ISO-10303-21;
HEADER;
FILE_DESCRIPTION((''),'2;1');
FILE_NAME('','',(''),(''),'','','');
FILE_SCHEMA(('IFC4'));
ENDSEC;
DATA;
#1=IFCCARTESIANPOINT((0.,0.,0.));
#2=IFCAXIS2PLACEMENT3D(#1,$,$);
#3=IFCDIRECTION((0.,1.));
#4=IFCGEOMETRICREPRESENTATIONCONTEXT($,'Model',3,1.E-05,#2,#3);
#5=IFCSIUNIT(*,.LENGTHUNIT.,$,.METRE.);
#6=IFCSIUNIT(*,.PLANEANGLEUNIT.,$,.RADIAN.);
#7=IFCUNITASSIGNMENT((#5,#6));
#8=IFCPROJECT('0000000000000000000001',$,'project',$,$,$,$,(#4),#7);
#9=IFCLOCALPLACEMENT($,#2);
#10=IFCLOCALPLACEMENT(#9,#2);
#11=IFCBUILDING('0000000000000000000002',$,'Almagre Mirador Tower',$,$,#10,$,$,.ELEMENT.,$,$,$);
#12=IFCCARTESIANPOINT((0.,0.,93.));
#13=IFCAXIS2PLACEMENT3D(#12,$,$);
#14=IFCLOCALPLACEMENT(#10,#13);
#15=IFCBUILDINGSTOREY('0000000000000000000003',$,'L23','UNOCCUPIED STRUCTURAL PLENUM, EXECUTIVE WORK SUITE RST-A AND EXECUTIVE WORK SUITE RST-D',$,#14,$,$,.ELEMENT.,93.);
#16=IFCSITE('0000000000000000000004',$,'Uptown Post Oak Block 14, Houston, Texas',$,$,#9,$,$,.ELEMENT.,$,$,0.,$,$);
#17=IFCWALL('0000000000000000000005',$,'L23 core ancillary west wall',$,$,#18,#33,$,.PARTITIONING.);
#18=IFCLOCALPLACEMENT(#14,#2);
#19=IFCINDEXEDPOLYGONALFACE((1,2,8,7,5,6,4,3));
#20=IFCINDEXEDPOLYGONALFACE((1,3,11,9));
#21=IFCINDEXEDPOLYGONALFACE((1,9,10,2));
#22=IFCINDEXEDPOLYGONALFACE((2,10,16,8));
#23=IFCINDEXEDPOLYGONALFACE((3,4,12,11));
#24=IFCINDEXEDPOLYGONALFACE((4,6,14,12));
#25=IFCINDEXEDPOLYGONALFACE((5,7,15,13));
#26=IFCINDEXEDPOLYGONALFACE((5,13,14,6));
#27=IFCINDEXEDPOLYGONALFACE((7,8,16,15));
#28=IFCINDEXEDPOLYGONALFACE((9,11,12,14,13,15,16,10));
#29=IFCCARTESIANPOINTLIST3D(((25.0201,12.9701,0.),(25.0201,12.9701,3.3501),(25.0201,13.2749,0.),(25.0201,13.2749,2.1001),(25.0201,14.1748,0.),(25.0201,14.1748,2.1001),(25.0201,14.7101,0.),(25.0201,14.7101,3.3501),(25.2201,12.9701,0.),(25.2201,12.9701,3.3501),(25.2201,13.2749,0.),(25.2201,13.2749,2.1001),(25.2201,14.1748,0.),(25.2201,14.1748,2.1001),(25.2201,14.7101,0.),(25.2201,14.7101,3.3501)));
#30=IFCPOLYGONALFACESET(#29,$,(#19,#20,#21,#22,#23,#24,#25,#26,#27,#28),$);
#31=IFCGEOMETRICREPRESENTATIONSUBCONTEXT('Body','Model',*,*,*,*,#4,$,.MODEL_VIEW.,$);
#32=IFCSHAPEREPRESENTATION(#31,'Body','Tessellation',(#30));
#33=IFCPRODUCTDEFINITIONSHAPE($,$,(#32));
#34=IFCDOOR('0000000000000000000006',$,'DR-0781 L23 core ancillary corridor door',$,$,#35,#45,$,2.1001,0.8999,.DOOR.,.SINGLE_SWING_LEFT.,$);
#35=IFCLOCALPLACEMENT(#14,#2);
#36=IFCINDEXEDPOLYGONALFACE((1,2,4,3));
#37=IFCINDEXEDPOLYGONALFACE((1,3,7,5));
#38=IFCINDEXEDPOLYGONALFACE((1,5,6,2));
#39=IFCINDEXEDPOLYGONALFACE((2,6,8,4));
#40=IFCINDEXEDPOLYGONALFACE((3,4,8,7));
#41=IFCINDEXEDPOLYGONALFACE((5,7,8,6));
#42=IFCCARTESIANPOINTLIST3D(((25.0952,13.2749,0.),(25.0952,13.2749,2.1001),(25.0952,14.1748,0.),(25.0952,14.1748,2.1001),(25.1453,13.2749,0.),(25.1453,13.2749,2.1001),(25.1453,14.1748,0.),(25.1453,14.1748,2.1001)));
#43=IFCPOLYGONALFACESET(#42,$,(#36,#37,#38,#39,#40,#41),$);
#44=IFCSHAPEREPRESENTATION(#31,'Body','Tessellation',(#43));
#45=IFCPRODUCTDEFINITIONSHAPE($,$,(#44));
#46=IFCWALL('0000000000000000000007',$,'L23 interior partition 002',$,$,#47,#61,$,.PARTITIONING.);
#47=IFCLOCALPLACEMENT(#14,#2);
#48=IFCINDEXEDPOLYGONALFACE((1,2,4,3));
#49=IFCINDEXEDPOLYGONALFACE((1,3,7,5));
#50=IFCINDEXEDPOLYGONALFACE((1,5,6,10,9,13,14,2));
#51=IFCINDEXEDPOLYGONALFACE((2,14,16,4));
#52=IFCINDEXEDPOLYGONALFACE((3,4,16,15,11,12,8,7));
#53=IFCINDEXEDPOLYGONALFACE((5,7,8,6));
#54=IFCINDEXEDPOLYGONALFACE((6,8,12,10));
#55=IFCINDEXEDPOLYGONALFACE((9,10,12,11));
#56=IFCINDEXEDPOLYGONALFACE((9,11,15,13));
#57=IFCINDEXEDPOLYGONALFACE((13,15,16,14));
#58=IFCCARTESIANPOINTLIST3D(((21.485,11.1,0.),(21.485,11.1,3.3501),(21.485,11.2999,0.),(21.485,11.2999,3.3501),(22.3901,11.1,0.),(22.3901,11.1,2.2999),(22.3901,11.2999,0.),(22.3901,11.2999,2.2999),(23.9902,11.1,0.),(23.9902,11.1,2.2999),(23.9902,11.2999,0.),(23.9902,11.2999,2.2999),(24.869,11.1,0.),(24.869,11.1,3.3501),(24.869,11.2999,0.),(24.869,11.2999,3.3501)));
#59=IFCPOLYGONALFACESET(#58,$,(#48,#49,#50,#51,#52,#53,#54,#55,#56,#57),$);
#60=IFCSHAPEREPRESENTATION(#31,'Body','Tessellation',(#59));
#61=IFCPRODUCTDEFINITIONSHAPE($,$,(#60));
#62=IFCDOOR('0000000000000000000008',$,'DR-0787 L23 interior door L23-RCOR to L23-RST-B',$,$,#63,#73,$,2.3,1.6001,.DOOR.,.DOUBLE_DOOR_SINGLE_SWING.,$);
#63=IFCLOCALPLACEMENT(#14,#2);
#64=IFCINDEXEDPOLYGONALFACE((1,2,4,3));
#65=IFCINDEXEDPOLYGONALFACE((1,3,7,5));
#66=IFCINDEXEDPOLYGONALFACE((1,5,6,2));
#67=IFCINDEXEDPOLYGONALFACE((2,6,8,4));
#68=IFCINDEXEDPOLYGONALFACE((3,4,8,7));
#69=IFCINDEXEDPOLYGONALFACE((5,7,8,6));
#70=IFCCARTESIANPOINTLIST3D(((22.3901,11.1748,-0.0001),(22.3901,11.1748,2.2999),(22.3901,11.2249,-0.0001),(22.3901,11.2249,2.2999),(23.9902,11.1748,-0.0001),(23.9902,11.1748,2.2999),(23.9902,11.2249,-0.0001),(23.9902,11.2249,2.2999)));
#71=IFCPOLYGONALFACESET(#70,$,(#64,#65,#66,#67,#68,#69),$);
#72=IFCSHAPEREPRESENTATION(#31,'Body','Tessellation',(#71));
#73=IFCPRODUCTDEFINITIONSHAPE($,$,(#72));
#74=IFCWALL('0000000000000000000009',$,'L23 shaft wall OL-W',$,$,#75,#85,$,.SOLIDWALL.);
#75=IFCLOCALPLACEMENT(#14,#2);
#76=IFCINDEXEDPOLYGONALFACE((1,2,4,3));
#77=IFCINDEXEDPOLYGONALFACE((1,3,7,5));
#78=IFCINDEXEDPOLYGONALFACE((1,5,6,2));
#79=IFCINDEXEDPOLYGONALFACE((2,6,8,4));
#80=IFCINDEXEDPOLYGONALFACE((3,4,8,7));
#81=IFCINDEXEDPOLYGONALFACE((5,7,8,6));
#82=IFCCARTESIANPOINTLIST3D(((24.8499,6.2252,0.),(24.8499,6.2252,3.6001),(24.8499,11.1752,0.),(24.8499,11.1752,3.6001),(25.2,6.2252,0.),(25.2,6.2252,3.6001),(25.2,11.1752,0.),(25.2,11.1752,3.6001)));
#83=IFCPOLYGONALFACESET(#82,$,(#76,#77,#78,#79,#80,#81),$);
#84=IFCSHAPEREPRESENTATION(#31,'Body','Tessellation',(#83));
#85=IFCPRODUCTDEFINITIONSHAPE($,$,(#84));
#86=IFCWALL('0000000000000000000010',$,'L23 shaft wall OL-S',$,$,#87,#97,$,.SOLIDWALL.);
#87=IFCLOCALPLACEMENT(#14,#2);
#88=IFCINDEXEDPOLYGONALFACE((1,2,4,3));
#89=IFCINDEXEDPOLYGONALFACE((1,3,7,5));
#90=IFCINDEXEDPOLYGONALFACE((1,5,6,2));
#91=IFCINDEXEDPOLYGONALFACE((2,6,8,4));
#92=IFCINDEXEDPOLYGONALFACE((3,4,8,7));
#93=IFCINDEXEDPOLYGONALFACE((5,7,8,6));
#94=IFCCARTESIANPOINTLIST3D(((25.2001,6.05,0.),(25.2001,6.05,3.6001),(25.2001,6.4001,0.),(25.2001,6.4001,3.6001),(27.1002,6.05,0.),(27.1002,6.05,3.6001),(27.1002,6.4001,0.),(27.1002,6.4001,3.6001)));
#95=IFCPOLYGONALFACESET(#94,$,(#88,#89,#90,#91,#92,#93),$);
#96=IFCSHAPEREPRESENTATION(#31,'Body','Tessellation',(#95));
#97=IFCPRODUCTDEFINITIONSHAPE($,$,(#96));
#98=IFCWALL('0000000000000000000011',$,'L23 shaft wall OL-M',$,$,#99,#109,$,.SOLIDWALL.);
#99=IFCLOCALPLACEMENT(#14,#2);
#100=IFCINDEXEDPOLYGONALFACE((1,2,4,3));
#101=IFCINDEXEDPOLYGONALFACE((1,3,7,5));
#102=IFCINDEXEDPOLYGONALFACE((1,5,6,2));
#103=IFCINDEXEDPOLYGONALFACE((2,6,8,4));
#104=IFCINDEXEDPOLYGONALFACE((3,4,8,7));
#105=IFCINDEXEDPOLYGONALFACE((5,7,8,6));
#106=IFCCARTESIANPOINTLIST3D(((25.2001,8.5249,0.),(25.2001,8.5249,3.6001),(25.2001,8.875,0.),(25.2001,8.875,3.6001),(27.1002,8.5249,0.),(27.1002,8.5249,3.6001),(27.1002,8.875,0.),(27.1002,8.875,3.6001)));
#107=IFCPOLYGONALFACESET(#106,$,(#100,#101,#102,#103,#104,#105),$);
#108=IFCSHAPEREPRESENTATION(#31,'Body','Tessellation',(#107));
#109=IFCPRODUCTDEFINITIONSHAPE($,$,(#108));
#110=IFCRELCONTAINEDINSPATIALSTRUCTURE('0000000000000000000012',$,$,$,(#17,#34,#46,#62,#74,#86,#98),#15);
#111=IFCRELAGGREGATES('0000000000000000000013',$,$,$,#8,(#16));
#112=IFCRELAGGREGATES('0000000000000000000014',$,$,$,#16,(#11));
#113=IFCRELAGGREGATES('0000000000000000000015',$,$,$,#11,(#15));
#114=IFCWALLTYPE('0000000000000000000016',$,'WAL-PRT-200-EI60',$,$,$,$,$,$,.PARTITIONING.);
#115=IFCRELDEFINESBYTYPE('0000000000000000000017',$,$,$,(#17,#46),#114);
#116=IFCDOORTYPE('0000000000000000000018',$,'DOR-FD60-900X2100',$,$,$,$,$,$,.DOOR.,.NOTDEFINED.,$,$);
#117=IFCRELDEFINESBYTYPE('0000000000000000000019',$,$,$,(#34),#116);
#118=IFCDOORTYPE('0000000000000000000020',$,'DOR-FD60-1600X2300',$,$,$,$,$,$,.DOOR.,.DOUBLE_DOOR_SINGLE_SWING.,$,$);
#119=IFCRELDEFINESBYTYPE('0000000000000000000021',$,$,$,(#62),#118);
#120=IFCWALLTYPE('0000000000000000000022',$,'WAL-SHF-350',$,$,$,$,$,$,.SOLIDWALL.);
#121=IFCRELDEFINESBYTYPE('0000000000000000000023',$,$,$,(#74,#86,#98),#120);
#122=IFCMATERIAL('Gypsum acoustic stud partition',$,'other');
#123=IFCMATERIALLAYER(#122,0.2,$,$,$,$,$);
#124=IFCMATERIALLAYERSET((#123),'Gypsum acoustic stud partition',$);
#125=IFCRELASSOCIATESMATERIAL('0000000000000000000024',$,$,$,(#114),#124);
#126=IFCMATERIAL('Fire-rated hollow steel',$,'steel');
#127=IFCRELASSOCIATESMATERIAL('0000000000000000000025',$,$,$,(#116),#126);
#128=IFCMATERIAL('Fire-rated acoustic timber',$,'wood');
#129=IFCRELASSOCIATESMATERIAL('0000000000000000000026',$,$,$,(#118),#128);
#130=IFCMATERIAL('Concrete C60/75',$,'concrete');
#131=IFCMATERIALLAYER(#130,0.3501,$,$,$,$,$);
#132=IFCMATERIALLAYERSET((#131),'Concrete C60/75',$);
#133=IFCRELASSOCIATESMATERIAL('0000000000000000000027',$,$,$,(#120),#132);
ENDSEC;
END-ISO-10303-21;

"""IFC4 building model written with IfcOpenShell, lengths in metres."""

from ifc_helpers import new_model, si_unit, direction, frame, frame_2d, origin, place, context, subcontext, project, spatial, rectangle, extrude, material, layer, layer_set, type_object, element, fill, save


model = new_model("IFC4")

# Units and contexts
model_context = context("Model", 3, precision=1e-05, world=origin(), true_north=direction((0.0, 1.0)))
body_context = subcontext(model_context, "Body", "Model", "MODEL_VIEW")
ifc_project = project(units=[si_unit("LENGTHUNIT", "METRE"), si_unit("PLANEANGLEUNIT", "RADIAN")], contexts=[model_context])

# Site, building, storey
site_placement = place(None, origin())
site = spatial("IfcSite", under=ifc_project, at=site_placement, Name="Uptown Post Oak Block 14, Houston, Texas", CompositionType="ELEMENT", RefElevation=0.0)
building_placement = place(site_placement, origin())
building = spatial("IfcBuilding", under=site, at=building_placement, Name="Almagre Mirador Tower", CompositionType="ELEMENT")
storey_placement = place(building_placement, frame((0.0, 0.0, 93.0)))
storey = spatial("IfcBuildingStorey", under=building, at=storey_placement, Name="L23", Description="UNOCCUPIED STRUCTURAL PLENUM, EXECUTIVE WORK SUITE RST-A AND EXECUTIVE WORK SUITE RST-D", CompositionType="ELEMENT", Elevation=93.0)

# Walls, openings, doors
ifc_material_1 = material(Name="Gypsum acoustic stud partition", Category="other")
ifc_layer_1 = layer(ifc_material_1, 0.2)
ifc_layer_set_1 = layer_set([ifc_layer_1], Name="Gypsum acoustic stud partition")
wall_type_1 = type_object("IfcWallType", Name="WAL-PRT-200-EI60", PredefinedType="PARTITIONING", material=ifc_layer_set_1)
wall_1_placement = place(storey_placement, frame((25.1201, 12.97, 0.0), z_axis=(0.0, 0.0, 1.0), x_axis=(0.0, 1.0, 0.0)))
wall_1 = element("IfcWall", 1, at=wall_1_placement, inside=storey, type_object=wall_type_1, Name="L23 core ancillary west wall", PredefinedType="PARTITIONING", context=body_context, shape_type="SweptSolid", body=[
    extrude(rectangle(XDim=1.74, YDim=0.2, at=frame_2d((0.8701, 0.0))), origin(), (0.0, 0.0, 1.0), 3.3501),
])
opening_1_placement = place(wall_1_placement, frame((0.3049, 0.0, 0.0)))
opening_1 = element("IfcOpeningElement", 2, at=opening_1_placement, cuts=wall_1, PredefinedType="OPENING", context=body_context, shape_type="SweptSolid", body=[
    extrude(rectangle(XDim=0.8999, YDim=2.1001, at=frame_2d((0.45, 1.05))), frame((0.0, 0.1101, 0.0), z_axis=(0.0, -1.0, 0.0), x_axis=(1.0, 0.0, 0.0)), (0.0, 0.0, 1.0), 0.22),
])
ifc_material_2 = material(Name="Fire-rated hollow steel", Category="steel")
door_type_1 = type_object("IfcDoorType", Name="DOR-FD60-900X2100", OperationType="NOTDEFINED", PredefinedType="DOOR", material=ifc_material_2)
door_1_placement = place(opening_1_placement, origin())
door_1 = element("IfcDoor", 3, at=door_1_placement, inside=storey, type_object=door_type_1, Name="DR-0781 L23 core ancillary corridor door", OperationType="SINGLE_SWING_LEFT", OverallHeight=2.1001, OverallWidth=0.8999, PredefinedType="DOOR", context=body_context, shape_type="SweptSolid", body=[
    extrude(rectangle(XDim=0.8999, YDim=2.1001, at=frame_2d((0.45, 1.05))), frame((0.0, 0.0249, 0.0), z_axis=(0.0, -1.0, 0.0), x_axis=(1.0, 0.0, 0.0)), (0.0, 0.0, 1.0), 0.05),
])
fill(opening_1, door_1)
wall_2_placement = place(storey_placement, frame((21.4851, 11.2, 0.0), z_axis=(0.0, 0.0, 1.0), x_axis=(1.0, 0.0, 0.0)))
wall_2 = element("IfcWall", 4, at=wall_2_placement, inside=storey, type_object=wall_type_1, Name="L23 interior partition 002", PredefinedType="PARTITIONING", context=body_context, shape_type="SweptSolid", body=[
    extrude(rectangle(XDim=3.384, YDim=0.2, at=frame_2d((1.6919, 0.0))), origin(), (0.0, 0.0, 1.0), 3.3501),
])
opening_2_placement = place(wall_2_placement, frame((0.905, 0.0, 0.0)))
opening_2 = element("IfcOpeningElement", 5, at=opening_2_placement, cuts=wall_2, PredefinedType="OPENING", context=body_context, shape_type="SweptSolid", body=[
    extrude(rectangle(XDim=1.6001, YDim=2.3, at=frame_2d((0.8, 1.1499))), frame((0.0, 0.1101, 0.0), z_axis=(0.0, -1.0, 0.0), x_axis=(1.0, 0.0, 0.0)), (0.0, 0.0, 1.0), 0.22),
])
ifc_material_3 = material(Name="Fire-rated acoustic timber", Category="wood")
door_type_2 = type_object("IfcDoorType", Name="DOR-FD60-1600X2300", OperationType="DOUBLE_DOOR_SINGLE_SWING", PredefinedType="DOOR", material=ifc_material_3)
door_2_placement = place(opening_2_placement, origin())
door_2 = element("IfcDoor", 6, at=door_2_placement, inside=storey, type_object=door_type_2, Name="DR-0787 L23 interior door L23-RCOR to L23-RST-B", OperationType="DOUBLE_DOOR_SINGLE_SWING", OverallHeight=2.3, OverallWidth=1.6001, PredefinedType="DOOR", context=body_context, shape_type="SweptSolid", body=[
    extrude(rectangle(XDim=1.6001, YDim=2.3, at=frame_2d((0.8, 1.1499))), frame((0.0, 0.0249, 0.0), z_axis=(0.0, -1.0, 0.0), x_axis=(1.0, 0.0, 0.0)), (0.0, 0.0, 1.0), 0.05),
])
fill(opening_2, door_2)

# Walls
ifc_material_4 = material(Name="Concrete C60/75", Category="concrete")
ifc_layer_2 = layer(ifc_material_4, 0.3501)
ifc_layer_set_2 = layer_set([ifc_layer_2], Name="Concrete C60/75")
wall_type_2 = type_object("IfcWallType", Name="WAL-SHF-350", PredefinedType="SOLIDWALL", material=ifc_layer_set_2)
wall_3_placement = place(storey_placement, frame((25.0249, 6.2251, 0.0), z_axis=(0.0, 0.0, 1.0), x_axis=(0.0, 1.0, 0.0)))
element("IfcWall", 7, at=wall_3_placement, inside=storey, type_object=wall_type_2, Name="L23 shaft wall OL-W", PredefinedType="SOLIDWALL", context=body_context, shape_type="SweptSolid", body=[
    extrude(rectangle(XDim=4.95, YDim=0.3501, at=frame_2d((2.4751, 0.0))), origin(), (0.0, 0.0, 1.0), 3.6001),
])
for number, where, z_axis, x_axis, name in (
    (8, (25.2, 6.2251, 0.0), (0.0, 0.0, 1.0), (1.0, 0.0, 0.0), "L23 shaft wall OL-S"),
    (9, (25.2, 8.7, 0.0), (0.0, 0.0, 1.0), (1.0, 0.0, 0.0), "L23 shaft wall OL-M"),
):
    element("IfcWall", number, at=place(storey_placement, frame(where, z_axis=z_axis, x_axis=x_axis)), inside=storey, type_object=wall_type_2, Name=name, PredefinedType="SOLIDWALL", context=body_context, shape_type="SweptSolid", body=[
        extrude(rectangle(XDim=1.9001, YDim=0.3501, at=frame_2d((0.9502, 0.0))), origin(), (0.0, 0.0, 1.0), 3.6001),
    ])

save(model, "model.ifc")
